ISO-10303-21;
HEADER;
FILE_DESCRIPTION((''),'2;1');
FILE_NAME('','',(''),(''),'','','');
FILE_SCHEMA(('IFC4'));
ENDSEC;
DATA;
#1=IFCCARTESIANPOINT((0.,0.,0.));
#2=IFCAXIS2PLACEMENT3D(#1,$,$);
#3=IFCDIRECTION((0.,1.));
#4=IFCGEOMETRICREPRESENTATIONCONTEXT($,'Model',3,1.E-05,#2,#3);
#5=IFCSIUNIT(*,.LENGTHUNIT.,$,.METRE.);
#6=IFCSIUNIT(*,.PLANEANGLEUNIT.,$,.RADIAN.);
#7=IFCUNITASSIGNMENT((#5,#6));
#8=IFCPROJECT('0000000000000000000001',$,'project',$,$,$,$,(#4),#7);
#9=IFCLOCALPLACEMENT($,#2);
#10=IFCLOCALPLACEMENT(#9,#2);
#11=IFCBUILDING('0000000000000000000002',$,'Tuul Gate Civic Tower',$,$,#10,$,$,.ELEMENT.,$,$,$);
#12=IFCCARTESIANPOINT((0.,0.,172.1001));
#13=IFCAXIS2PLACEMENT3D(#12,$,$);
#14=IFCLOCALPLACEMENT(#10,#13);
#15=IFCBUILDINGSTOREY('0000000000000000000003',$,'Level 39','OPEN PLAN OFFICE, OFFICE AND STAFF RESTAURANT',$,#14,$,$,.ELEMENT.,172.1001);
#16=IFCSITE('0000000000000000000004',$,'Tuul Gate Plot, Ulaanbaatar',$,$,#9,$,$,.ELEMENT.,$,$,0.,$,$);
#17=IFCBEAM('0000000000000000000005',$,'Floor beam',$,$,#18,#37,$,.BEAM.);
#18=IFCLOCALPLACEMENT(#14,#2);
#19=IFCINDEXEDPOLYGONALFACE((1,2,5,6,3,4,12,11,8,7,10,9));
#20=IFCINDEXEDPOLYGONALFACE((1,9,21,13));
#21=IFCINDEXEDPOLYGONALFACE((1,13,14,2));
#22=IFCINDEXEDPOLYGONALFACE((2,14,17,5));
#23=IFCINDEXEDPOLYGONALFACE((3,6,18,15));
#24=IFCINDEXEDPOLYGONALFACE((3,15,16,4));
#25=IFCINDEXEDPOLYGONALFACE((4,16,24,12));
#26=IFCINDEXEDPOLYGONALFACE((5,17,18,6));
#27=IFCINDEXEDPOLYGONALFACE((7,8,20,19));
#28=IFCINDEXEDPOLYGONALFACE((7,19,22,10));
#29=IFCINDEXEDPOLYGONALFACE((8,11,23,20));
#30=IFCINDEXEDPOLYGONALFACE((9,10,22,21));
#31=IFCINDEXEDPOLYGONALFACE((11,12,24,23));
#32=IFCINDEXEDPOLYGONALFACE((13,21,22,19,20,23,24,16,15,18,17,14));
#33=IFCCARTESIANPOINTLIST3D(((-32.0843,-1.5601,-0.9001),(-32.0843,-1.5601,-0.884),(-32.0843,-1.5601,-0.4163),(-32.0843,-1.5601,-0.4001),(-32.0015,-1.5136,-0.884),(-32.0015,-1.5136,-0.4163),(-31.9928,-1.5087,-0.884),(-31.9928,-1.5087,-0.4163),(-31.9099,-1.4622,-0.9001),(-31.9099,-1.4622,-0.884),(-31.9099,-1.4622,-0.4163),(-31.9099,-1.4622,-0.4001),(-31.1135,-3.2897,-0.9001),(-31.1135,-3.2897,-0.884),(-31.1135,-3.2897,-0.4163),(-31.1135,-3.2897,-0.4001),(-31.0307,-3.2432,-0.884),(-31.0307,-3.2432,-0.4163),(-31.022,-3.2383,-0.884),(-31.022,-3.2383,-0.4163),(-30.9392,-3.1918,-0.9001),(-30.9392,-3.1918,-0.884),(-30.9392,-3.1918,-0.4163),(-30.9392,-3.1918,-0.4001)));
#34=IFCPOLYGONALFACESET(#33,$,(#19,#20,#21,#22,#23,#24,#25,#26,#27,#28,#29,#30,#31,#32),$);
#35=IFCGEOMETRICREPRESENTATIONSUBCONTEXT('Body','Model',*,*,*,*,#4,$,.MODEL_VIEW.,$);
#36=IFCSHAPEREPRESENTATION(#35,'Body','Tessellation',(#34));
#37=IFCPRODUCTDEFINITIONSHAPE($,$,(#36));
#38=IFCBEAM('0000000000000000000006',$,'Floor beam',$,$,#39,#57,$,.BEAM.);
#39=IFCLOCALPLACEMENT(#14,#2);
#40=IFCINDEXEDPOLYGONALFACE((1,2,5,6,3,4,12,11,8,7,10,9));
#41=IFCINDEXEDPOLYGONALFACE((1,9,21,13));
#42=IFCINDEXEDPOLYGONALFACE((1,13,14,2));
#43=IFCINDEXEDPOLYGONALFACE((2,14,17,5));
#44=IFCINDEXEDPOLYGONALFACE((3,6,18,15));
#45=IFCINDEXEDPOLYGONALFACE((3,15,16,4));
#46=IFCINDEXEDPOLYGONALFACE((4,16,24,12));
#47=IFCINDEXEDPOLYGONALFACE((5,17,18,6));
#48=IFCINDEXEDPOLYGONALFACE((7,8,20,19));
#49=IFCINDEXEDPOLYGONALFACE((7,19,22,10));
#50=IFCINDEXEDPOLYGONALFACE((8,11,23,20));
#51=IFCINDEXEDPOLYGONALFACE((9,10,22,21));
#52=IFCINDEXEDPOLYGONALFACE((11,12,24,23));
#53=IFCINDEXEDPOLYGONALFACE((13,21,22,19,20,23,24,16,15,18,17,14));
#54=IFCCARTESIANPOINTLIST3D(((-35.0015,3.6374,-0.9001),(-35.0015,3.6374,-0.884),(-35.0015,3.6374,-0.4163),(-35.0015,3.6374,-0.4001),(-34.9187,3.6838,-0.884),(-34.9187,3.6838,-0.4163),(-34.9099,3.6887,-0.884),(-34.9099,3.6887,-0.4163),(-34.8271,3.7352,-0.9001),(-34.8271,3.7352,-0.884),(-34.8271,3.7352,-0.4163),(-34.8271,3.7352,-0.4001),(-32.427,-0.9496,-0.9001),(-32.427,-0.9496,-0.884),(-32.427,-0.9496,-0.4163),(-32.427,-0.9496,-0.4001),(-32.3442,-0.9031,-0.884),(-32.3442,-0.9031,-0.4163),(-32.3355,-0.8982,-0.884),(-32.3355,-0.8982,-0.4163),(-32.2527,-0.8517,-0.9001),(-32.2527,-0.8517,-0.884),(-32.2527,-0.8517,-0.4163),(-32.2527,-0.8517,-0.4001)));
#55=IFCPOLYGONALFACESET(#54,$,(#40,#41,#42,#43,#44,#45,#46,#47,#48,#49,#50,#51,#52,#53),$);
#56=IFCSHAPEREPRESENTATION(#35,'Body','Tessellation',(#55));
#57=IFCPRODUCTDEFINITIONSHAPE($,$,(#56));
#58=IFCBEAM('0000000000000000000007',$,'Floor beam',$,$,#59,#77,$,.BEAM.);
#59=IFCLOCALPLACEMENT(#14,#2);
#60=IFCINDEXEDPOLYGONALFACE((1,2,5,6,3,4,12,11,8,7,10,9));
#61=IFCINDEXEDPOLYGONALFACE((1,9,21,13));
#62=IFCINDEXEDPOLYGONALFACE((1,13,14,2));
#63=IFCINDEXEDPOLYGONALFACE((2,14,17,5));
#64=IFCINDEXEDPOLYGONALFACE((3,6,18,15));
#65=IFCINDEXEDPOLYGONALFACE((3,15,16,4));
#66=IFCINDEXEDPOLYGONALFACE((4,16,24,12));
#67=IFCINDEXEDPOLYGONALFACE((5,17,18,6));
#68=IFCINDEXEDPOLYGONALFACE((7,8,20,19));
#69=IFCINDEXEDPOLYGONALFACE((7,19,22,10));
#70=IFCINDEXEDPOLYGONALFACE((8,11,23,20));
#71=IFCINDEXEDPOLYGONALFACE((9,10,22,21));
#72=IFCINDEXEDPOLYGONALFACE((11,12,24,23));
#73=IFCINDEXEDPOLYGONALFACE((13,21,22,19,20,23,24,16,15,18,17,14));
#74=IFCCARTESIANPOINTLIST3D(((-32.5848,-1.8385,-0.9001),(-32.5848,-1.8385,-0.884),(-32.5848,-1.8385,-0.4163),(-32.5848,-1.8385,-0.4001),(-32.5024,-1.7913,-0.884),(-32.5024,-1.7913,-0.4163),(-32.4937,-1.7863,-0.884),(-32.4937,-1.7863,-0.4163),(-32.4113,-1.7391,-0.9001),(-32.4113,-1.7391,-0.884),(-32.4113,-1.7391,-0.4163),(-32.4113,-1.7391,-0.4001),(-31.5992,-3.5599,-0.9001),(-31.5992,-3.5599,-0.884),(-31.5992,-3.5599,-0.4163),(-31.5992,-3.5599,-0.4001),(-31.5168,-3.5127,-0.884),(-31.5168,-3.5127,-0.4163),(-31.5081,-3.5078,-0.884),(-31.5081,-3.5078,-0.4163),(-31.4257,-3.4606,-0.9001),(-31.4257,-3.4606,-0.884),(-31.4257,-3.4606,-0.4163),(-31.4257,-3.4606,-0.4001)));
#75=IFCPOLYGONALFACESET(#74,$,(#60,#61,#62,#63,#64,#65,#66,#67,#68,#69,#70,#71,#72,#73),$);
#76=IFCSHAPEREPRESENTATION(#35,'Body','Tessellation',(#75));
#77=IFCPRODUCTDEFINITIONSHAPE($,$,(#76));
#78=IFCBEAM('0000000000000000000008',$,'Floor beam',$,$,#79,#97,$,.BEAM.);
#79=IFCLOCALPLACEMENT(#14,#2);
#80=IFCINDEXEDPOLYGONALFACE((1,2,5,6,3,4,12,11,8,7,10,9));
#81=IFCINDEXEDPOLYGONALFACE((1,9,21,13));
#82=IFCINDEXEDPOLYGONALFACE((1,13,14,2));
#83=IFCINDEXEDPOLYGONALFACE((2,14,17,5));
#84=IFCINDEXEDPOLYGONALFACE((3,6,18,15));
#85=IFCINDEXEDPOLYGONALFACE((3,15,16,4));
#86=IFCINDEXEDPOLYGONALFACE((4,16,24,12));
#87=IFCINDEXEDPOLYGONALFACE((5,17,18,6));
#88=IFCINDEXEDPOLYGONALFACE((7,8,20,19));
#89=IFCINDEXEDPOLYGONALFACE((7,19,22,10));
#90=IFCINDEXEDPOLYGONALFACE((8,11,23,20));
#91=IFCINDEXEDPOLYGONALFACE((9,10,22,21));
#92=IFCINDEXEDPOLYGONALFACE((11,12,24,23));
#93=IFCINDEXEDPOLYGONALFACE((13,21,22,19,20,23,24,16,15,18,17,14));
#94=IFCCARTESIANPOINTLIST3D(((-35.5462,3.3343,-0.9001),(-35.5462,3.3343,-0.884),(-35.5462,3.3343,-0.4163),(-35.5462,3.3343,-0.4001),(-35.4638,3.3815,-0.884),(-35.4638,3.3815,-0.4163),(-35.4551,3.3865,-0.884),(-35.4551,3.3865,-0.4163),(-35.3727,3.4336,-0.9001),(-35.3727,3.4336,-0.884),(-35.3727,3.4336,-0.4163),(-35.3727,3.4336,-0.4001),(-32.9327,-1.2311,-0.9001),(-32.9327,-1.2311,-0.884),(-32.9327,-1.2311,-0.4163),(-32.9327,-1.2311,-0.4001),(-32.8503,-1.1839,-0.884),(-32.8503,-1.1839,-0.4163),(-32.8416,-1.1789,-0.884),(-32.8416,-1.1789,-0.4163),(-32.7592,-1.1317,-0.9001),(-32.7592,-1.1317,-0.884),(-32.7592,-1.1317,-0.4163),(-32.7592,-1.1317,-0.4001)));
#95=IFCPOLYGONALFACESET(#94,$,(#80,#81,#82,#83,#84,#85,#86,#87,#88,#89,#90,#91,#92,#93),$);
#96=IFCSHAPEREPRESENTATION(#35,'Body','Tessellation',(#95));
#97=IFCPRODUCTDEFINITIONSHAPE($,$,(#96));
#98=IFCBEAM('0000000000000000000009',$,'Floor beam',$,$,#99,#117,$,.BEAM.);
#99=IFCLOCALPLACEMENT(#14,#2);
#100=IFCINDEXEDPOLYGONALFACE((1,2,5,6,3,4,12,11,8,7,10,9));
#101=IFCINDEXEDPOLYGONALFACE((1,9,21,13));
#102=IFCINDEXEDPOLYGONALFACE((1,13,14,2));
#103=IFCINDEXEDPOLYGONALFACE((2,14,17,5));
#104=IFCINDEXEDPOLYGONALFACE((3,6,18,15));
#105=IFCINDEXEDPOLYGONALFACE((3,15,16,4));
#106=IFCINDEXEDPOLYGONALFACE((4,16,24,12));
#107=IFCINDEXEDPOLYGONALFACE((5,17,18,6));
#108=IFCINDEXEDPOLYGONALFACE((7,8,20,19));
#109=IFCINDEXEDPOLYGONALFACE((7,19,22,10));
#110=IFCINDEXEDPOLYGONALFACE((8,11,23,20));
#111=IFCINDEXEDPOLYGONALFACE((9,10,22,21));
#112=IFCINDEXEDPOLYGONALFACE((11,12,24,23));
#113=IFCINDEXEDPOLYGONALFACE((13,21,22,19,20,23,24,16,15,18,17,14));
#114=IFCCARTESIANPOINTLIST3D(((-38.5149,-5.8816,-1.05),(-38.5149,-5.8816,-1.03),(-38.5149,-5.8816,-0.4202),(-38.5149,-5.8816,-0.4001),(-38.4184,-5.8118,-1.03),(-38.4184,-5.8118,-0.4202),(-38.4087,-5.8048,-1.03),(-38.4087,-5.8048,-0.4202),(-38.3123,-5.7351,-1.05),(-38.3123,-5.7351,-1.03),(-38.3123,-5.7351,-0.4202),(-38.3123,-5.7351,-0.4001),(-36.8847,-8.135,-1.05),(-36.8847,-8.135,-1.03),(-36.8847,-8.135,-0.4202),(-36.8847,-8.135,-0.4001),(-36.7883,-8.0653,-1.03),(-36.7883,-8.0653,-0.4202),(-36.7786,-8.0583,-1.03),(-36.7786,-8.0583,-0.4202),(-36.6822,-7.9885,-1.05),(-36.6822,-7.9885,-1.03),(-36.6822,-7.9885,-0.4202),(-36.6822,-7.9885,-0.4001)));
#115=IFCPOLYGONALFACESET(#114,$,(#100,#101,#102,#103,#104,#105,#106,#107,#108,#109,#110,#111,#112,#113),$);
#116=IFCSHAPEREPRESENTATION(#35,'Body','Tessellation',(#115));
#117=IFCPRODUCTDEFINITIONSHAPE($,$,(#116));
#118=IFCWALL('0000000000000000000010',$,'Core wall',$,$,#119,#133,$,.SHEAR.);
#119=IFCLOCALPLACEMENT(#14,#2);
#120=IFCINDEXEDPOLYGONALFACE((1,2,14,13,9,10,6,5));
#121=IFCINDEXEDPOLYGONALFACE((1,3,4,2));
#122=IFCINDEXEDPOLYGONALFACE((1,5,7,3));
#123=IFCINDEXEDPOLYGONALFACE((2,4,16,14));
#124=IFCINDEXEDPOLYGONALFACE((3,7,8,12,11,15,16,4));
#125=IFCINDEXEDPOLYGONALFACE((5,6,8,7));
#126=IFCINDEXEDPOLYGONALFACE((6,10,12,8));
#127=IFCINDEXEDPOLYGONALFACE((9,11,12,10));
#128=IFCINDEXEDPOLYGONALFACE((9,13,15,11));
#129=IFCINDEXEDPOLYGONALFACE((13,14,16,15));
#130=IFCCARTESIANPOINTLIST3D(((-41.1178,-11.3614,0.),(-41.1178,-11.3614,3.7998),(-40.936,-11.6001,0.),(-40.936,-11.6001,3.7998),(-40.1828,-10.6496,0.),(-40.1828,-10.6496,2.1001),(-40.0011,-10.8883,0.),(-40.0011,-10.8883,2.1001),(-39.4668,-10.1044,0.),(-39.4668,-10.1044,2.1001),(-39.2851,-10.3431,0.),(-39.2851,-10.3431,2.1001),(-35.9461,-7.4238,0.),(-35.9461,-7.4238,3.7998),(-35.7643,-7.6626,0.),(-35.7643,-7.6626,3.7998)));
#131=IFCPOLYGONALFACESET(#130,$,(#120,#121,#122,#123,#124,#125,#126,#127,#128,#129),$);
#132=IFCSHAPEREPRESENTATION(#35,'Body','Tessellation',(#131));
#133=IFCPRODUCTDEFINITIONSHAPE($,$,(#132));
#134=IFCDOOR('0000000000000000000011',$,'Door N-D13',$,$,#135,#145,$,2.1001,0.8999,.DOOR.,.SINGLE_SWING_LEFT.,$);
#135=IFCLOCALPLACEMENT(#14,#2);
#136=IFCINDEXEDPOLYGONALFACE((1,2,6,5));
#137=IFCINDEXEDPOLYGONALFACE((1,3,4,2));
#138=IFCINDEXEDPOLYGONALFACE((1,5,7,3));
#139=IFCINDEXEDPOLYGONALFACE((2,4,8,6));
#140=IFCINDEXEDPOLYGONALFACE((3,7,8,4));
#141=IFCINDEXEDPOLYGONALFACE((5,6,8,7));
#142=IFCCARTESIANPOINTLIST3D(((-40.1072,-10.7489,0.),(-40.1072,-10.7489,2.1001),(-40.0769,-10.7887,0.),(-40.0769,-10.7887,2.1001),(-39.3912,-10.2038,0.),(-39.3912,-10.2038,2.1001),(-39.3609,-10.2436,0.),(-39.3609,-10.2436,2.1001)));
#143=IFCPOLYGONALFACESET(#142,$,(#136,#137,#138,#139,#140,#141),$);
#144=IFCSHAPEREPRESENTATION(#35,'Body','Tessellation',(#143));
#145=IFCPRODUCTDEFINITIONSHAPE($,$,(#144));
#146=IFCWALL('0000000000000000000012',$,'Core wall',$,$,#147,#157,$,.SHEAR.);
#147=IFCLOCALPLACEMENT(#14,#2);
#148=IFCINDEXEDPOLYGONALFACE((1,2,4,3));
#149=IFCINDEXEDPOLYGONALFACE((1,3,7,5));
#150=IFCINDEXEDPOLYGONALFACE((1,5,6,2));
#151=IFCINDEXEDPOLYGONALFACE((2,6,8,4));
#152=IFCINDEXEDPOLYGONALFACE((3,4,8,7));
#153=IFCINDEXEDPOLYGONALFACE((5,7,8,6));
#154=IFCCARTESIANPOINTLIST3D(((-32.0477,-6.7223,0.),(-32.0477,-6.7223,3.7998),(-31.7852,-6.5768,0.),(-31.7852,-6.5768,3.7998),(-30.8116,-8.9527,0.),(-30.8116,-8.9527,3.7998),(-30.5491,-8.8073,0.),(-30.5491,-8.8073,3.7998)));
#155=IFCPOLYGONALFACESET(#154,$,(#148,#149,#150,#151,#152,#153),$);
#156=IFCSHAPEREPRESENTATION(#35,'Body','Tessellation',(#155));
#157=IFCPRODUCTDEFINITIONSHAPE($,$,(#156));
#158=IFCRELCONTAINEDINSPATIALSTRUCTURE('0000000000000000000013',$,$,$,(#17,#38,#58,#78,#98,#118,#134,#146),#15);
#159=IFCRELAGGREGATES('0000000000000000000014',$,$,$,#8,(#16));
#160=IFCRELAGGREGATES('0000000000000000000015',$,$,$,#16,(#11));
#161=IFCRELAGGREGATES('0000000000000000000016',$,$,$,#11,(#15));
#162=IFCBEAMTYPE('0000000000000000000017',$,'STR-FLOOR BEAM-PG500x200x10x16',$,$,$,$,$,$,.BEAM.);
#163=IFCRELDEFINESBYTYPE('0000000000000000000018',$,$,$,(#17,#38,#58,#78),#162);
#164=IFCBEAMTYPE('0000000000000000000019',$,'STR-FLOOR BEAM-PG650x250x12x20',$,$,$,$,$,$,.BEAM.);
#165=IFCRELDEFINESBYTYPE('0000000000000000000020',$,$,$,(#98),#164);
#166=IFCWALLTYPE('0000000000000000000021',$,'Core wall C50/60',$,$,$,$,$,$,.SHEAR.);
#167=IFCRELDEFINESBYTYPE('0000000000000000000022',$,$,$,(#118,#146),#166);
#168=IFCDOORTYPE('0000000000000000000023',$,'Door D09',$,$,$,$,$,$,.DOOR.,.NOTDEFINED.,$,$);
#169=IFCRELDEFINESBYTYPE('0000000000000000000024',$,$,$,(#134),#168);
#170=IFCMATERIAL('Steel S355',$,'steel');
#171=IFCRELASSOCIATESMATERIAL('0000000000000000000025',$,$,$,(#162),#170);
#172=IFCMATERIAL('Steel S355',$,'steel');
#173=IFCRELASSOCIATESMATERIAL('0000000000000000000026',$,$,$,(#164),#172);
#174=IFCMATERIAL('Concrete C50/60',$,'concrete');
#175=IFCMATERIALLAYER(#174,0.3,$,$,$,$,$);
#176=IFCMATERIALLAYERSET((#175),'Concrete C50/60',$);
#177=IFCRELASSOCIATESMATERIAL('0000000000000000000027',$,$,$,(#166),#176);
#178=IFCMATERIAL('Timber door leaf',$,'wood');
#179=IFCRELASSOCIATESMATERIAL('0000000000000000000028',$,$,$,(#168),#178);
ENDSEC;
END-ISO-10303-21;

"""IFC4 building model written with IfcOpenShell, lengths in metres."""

from ifc_helpers import new_model, si_unit, direction, frame, frame_2d, origin, origin_2d, place, context, subcontext, project, spatial, rectangle, i_section, extrude, material, layer, layer_set, material_profile, profile_set, type_object, element, fill, save


model = new_model("IFC4")

# Units and contexts
model_context = context("Model", 3, precision=1e-05, world=origin(), true_north=direction((0.0, 1.0)))
body_context = subcontext(model_context, "Body", "Model", "MODEL_VIEW")
ifc_project = project(units=[si_unit("LENGTHUNIT", "METRE"), si_unit("PLANEANGLEUNIT", "RADIAN")], contexts=[model_context])

# Site, building, storey
site_placement = place(None, origin())
site = spatial("IfcSite", under=ifc_project, at=site_placement, Name="Tuul Gate Plot, Ulaanbaatar", CompositionType="ELEMENT", RefElevation=0.0)
building_placement = place(site_placement, origin())
building = spatial("IfcBuilding", under=site, at=building_placement, Name="Tuul Gate Civic Tower", CompositionType="ELEMENT")
storey_placement = place(building_placement, frame((0.0, 0.0, 172.1001)))
storey = spatial("IfcBuildingStorey", under=building, at=storey_placement, Name="Level 39", Description="OPEN PLAN OFFICE, OFFICE AND STAFF RESTAURANT", CompositionType="ELEMENT", Elevation=172.1001)

# Beams
ifc_material_1 = material(Name="Steel S355", Category="steel")
ifc_material_profile_1 = material_profile(ifc_material_1, i_section(OverallWidth=0.2, OverallDepth=0.5, WebThickness=0.01, FlangeThickness=0.0161, at=origin_2d()), Name="PG500x200x10x16")
ifc_profile_set_1 = profile_set([ifc_material_profile_1], Name="Steel S355")
beam_type_1 = type_object("IfcBeamType", Name="STR-FLOOR BEAM-PG500x200x10x16", PredefinedType="BEAM", material=ifc_profile_set_1)
beam_1_placement = place(storey_placement, frame((-31.0264, -3.2407, -0.6501), z_axis=(-0.489443, 0.872035, 0.0), x_axis=(-0.872035, -0.489443, 0.0)))
element("IfcBeam", 1, at=beam_1_placement, inside=storey, type_object=beam_type_1, Name="Floor beam", PredefinedType="BEAM", context=body_context, shape_type="SweptSolid", body=[
    extrude(i_section(OverallWidth=0.2, OverallDepth=0.5, WebThickness=0.01, FlangeThickness=0.0161, at=origin_2d()), origin(), (0.0, 0.0, 1.0), 1.9834),
])
beam_2_placement = place(storey_placement, frame((-32.3398, -0.9006, -0.6501), z_axis=(-0.489441, 0.872036, 0.0), x_axis=(-0.872036, -0.489441, 0.0)))
element("IfcBeam", 2, at=beam_2_placement, inside=storey, type_object=beam_type_1, Name="Floor beam", PredefinedType="BEAM", context=body_context, shape_type="SweptSolid", body=[
    extrude(i_section(OverallWidth=0.2, OverallDepth=0.5, WebThickness=0.01, FlangeThickness=0.0161, at=origin_2d()), origin(), (0.0, 0.0, 1.0), 5.26),
])
beam_3_placement = place(storey_placement, frame((-31.5125, -3.5103, -0.6501), z_axis=(-0.496868, 0.867826, 0.0), x_axis=(-0.867826, -0.496868, 0.0)))
element("IfcBeam", 3, at=beam_3_placement, inside=storey, type_object=beam_type_1, Name="Floor beam", PredefinedType="BEAM", context=body_context, shape_type="SweptSolid", body=[
    extrude(i_section(OverallWidth=0.2, OverallDepth=0.5, WebThickness=0.01, FlangeThickness=0.0161, at=origin_2d()), origin(), (0.0, 0.0, 1.0), 1.9836),
])
beam_4_placement = place(storey_placement, frame((-32.8459, -1.1814, -0.6501), z_axis=(-0.496814, 0.867857, 0.0), x_axis=(-0.867857, -0.496814, 0.0)))
element("IfcBeam", 4, at=beam_4_placement, inside=storey, type_object=beam_type_1, Name="Floor beam", PredefinedType="BEAM", context=body_context, shape_type="SweptSolid", body=[
    extrude(i_section(OverallWidth=0.2, OverallDepth=0.5, WebThickness=0.01, FlangeThickness=0.0161, at=origin_2d()), origin(), (0.0, 0.0, 1.0), 5.2605),
])
ifc_material_2 = material(Name="Steel S355", Category="steel")
ifc_material_profile_2 = material_profile(ifc_material_2, i_section(OverallWidth=0.25, OverallDepth=0.6499, WebThickness=0.012, FlangeThickness=0.02, at=origin_2d()), Name="PG650x250x12x20")
ifc_profile_set_2 = profile_set([ifc_material_profile_2], Name="Steel S355")
beam_type_2 = type_object("IfcBeamType", Name="STR-FLOOR BEAM-PG650x250x12x20", PredefinedType="BEAM", material=ifc_profile_set_2)
beam_5_placement = place(storey_placement, frame((-36.7834, -8.0618, -0.7251), z_axis=(-0.586119, 0.810225, 0.0), x_axis=(-0.810225, -0.586119, 0.0)))
element("IfcBeam", 5, at=beam_5_placement, inside=storey, type_object=beam_type_2, Name="Floor beam", PredefinedType="BEAM", context=body_context, shape_type="SweptSolid", body=[
    extrude(i_section(OverallWidth=0.25, OverallDepth=0.6499, WebThickness=0.012, FlangeThickness=0.02, at=origin_2d()), origin(), (0.0, 0.0, 1.0), 2.7812),
])

# Wall, opening, door
ifc_material_3 = material(Name="Concrete C50/60", Category="concrete")
ifc_layer_1 = layer(ifc_material_3, 0.3)
ifc_layer_set_1 = layer_set([ifc_layer_1], Name="Concrete C50/60")
wall_type_1 = type_object("IfcWallType", Name="Core wall C50/60", PredefinedType="SHEAR", material=ifc_layer_set_1)
wall_1_placement = place(storey_placement, frame((-35.8552, -7.5432, 0.0), z_axis=(0.0, 0.0, 1.0), x_axis=(-0.795639, -0.605772, 0.0)))
wall_1 = element("IfcWall", 6, at=wall_1_placement, inside=storey, type_object=wall_type_1, Name="Core wall", PredefinedType="SHEAR", context=body_context, shape_type="SweptSolid", body=[
    extrude(rectangle(XDim=6.5, YDim=0.3, at=frame_2d((3.25, 0.0))), origin(), (0.0, 0.0, 1.0), 3.7998),
])
opening_1_placement = place(wall_1_placement, frame((4.425, 0.0, 0.0)))
opening_1 = element("IfcOpeningElement", 7, at=opening_1_placement, cuts=wall_1, PredefinedType="OPENING", context=body_context, shape_type="SweptSolid", body=[
    extrude(rectangle(XDim=0.8999, YDim=2.1001, at=frame_2d((0.45, 1.05))), frame((0.0, 0.1602, 0.0), z_axis=(0.0, -1.0, 0.0), x_axis=(1.0, 0.0, 0.0)), (0.0, 0.0, 1.0), 0.3201),
])
ifc_material_4 = material(Name="Timber door leaf", Category="wood")
door_type_1 = type_object("IfcDoorType", Name="Door D09", OperationType="NOTDEFINED", PredefinedType="DOOR", material=ifc_material_4)
door_1_placement = place(opening_1_placement, origin())
door_1 = element("IfcDoor", 8, at=door_1_placement, inside=storey, type_object=door_type_1, Name="Door N-D13", OperationType="SINGLE_SWING_LEFT", OverallHeight=2.1001, OverallWidth=0.8999, PredefinedType="DOOR", context=body_context, shape_type="SweptSolid", body=[
    extrude(rectangle(XDim=0.8999, YDim=2.1001, at=frame_2d((0.45, 1.05))), frame((0.0, 0.0249, 0.0), z_axis=(0.0, -1.0, 0.0), x_axis=(1.0, 0.0, 0.0)), (0.0, 0.0, 1.0), 0.05),
])
fill(opening_1, door_1)

# Wall
wall_2_placement = place(storey_placement, frame((-30.6804, -8.8799, 0.0), z_axis=(0.0, 0.0, 1.0), x_axis=(-0.484724, 0.874667, 0.0)))
element("IfcWall", 9, at=wall_2_placement, inside=storey, type_object=wall_type_1, Name="Core wall", PredefinedType="SHEAR", context=body_context, shape_type="SweptSolid", body=[
    extrude(rectangle(XDim=2.55, YDim=0.3, at=frame_2d((1.2749, 0.0))), origin(), (0.0, 0.0, 1.0), 3.7998),
])

save(model, "model.ifc")
